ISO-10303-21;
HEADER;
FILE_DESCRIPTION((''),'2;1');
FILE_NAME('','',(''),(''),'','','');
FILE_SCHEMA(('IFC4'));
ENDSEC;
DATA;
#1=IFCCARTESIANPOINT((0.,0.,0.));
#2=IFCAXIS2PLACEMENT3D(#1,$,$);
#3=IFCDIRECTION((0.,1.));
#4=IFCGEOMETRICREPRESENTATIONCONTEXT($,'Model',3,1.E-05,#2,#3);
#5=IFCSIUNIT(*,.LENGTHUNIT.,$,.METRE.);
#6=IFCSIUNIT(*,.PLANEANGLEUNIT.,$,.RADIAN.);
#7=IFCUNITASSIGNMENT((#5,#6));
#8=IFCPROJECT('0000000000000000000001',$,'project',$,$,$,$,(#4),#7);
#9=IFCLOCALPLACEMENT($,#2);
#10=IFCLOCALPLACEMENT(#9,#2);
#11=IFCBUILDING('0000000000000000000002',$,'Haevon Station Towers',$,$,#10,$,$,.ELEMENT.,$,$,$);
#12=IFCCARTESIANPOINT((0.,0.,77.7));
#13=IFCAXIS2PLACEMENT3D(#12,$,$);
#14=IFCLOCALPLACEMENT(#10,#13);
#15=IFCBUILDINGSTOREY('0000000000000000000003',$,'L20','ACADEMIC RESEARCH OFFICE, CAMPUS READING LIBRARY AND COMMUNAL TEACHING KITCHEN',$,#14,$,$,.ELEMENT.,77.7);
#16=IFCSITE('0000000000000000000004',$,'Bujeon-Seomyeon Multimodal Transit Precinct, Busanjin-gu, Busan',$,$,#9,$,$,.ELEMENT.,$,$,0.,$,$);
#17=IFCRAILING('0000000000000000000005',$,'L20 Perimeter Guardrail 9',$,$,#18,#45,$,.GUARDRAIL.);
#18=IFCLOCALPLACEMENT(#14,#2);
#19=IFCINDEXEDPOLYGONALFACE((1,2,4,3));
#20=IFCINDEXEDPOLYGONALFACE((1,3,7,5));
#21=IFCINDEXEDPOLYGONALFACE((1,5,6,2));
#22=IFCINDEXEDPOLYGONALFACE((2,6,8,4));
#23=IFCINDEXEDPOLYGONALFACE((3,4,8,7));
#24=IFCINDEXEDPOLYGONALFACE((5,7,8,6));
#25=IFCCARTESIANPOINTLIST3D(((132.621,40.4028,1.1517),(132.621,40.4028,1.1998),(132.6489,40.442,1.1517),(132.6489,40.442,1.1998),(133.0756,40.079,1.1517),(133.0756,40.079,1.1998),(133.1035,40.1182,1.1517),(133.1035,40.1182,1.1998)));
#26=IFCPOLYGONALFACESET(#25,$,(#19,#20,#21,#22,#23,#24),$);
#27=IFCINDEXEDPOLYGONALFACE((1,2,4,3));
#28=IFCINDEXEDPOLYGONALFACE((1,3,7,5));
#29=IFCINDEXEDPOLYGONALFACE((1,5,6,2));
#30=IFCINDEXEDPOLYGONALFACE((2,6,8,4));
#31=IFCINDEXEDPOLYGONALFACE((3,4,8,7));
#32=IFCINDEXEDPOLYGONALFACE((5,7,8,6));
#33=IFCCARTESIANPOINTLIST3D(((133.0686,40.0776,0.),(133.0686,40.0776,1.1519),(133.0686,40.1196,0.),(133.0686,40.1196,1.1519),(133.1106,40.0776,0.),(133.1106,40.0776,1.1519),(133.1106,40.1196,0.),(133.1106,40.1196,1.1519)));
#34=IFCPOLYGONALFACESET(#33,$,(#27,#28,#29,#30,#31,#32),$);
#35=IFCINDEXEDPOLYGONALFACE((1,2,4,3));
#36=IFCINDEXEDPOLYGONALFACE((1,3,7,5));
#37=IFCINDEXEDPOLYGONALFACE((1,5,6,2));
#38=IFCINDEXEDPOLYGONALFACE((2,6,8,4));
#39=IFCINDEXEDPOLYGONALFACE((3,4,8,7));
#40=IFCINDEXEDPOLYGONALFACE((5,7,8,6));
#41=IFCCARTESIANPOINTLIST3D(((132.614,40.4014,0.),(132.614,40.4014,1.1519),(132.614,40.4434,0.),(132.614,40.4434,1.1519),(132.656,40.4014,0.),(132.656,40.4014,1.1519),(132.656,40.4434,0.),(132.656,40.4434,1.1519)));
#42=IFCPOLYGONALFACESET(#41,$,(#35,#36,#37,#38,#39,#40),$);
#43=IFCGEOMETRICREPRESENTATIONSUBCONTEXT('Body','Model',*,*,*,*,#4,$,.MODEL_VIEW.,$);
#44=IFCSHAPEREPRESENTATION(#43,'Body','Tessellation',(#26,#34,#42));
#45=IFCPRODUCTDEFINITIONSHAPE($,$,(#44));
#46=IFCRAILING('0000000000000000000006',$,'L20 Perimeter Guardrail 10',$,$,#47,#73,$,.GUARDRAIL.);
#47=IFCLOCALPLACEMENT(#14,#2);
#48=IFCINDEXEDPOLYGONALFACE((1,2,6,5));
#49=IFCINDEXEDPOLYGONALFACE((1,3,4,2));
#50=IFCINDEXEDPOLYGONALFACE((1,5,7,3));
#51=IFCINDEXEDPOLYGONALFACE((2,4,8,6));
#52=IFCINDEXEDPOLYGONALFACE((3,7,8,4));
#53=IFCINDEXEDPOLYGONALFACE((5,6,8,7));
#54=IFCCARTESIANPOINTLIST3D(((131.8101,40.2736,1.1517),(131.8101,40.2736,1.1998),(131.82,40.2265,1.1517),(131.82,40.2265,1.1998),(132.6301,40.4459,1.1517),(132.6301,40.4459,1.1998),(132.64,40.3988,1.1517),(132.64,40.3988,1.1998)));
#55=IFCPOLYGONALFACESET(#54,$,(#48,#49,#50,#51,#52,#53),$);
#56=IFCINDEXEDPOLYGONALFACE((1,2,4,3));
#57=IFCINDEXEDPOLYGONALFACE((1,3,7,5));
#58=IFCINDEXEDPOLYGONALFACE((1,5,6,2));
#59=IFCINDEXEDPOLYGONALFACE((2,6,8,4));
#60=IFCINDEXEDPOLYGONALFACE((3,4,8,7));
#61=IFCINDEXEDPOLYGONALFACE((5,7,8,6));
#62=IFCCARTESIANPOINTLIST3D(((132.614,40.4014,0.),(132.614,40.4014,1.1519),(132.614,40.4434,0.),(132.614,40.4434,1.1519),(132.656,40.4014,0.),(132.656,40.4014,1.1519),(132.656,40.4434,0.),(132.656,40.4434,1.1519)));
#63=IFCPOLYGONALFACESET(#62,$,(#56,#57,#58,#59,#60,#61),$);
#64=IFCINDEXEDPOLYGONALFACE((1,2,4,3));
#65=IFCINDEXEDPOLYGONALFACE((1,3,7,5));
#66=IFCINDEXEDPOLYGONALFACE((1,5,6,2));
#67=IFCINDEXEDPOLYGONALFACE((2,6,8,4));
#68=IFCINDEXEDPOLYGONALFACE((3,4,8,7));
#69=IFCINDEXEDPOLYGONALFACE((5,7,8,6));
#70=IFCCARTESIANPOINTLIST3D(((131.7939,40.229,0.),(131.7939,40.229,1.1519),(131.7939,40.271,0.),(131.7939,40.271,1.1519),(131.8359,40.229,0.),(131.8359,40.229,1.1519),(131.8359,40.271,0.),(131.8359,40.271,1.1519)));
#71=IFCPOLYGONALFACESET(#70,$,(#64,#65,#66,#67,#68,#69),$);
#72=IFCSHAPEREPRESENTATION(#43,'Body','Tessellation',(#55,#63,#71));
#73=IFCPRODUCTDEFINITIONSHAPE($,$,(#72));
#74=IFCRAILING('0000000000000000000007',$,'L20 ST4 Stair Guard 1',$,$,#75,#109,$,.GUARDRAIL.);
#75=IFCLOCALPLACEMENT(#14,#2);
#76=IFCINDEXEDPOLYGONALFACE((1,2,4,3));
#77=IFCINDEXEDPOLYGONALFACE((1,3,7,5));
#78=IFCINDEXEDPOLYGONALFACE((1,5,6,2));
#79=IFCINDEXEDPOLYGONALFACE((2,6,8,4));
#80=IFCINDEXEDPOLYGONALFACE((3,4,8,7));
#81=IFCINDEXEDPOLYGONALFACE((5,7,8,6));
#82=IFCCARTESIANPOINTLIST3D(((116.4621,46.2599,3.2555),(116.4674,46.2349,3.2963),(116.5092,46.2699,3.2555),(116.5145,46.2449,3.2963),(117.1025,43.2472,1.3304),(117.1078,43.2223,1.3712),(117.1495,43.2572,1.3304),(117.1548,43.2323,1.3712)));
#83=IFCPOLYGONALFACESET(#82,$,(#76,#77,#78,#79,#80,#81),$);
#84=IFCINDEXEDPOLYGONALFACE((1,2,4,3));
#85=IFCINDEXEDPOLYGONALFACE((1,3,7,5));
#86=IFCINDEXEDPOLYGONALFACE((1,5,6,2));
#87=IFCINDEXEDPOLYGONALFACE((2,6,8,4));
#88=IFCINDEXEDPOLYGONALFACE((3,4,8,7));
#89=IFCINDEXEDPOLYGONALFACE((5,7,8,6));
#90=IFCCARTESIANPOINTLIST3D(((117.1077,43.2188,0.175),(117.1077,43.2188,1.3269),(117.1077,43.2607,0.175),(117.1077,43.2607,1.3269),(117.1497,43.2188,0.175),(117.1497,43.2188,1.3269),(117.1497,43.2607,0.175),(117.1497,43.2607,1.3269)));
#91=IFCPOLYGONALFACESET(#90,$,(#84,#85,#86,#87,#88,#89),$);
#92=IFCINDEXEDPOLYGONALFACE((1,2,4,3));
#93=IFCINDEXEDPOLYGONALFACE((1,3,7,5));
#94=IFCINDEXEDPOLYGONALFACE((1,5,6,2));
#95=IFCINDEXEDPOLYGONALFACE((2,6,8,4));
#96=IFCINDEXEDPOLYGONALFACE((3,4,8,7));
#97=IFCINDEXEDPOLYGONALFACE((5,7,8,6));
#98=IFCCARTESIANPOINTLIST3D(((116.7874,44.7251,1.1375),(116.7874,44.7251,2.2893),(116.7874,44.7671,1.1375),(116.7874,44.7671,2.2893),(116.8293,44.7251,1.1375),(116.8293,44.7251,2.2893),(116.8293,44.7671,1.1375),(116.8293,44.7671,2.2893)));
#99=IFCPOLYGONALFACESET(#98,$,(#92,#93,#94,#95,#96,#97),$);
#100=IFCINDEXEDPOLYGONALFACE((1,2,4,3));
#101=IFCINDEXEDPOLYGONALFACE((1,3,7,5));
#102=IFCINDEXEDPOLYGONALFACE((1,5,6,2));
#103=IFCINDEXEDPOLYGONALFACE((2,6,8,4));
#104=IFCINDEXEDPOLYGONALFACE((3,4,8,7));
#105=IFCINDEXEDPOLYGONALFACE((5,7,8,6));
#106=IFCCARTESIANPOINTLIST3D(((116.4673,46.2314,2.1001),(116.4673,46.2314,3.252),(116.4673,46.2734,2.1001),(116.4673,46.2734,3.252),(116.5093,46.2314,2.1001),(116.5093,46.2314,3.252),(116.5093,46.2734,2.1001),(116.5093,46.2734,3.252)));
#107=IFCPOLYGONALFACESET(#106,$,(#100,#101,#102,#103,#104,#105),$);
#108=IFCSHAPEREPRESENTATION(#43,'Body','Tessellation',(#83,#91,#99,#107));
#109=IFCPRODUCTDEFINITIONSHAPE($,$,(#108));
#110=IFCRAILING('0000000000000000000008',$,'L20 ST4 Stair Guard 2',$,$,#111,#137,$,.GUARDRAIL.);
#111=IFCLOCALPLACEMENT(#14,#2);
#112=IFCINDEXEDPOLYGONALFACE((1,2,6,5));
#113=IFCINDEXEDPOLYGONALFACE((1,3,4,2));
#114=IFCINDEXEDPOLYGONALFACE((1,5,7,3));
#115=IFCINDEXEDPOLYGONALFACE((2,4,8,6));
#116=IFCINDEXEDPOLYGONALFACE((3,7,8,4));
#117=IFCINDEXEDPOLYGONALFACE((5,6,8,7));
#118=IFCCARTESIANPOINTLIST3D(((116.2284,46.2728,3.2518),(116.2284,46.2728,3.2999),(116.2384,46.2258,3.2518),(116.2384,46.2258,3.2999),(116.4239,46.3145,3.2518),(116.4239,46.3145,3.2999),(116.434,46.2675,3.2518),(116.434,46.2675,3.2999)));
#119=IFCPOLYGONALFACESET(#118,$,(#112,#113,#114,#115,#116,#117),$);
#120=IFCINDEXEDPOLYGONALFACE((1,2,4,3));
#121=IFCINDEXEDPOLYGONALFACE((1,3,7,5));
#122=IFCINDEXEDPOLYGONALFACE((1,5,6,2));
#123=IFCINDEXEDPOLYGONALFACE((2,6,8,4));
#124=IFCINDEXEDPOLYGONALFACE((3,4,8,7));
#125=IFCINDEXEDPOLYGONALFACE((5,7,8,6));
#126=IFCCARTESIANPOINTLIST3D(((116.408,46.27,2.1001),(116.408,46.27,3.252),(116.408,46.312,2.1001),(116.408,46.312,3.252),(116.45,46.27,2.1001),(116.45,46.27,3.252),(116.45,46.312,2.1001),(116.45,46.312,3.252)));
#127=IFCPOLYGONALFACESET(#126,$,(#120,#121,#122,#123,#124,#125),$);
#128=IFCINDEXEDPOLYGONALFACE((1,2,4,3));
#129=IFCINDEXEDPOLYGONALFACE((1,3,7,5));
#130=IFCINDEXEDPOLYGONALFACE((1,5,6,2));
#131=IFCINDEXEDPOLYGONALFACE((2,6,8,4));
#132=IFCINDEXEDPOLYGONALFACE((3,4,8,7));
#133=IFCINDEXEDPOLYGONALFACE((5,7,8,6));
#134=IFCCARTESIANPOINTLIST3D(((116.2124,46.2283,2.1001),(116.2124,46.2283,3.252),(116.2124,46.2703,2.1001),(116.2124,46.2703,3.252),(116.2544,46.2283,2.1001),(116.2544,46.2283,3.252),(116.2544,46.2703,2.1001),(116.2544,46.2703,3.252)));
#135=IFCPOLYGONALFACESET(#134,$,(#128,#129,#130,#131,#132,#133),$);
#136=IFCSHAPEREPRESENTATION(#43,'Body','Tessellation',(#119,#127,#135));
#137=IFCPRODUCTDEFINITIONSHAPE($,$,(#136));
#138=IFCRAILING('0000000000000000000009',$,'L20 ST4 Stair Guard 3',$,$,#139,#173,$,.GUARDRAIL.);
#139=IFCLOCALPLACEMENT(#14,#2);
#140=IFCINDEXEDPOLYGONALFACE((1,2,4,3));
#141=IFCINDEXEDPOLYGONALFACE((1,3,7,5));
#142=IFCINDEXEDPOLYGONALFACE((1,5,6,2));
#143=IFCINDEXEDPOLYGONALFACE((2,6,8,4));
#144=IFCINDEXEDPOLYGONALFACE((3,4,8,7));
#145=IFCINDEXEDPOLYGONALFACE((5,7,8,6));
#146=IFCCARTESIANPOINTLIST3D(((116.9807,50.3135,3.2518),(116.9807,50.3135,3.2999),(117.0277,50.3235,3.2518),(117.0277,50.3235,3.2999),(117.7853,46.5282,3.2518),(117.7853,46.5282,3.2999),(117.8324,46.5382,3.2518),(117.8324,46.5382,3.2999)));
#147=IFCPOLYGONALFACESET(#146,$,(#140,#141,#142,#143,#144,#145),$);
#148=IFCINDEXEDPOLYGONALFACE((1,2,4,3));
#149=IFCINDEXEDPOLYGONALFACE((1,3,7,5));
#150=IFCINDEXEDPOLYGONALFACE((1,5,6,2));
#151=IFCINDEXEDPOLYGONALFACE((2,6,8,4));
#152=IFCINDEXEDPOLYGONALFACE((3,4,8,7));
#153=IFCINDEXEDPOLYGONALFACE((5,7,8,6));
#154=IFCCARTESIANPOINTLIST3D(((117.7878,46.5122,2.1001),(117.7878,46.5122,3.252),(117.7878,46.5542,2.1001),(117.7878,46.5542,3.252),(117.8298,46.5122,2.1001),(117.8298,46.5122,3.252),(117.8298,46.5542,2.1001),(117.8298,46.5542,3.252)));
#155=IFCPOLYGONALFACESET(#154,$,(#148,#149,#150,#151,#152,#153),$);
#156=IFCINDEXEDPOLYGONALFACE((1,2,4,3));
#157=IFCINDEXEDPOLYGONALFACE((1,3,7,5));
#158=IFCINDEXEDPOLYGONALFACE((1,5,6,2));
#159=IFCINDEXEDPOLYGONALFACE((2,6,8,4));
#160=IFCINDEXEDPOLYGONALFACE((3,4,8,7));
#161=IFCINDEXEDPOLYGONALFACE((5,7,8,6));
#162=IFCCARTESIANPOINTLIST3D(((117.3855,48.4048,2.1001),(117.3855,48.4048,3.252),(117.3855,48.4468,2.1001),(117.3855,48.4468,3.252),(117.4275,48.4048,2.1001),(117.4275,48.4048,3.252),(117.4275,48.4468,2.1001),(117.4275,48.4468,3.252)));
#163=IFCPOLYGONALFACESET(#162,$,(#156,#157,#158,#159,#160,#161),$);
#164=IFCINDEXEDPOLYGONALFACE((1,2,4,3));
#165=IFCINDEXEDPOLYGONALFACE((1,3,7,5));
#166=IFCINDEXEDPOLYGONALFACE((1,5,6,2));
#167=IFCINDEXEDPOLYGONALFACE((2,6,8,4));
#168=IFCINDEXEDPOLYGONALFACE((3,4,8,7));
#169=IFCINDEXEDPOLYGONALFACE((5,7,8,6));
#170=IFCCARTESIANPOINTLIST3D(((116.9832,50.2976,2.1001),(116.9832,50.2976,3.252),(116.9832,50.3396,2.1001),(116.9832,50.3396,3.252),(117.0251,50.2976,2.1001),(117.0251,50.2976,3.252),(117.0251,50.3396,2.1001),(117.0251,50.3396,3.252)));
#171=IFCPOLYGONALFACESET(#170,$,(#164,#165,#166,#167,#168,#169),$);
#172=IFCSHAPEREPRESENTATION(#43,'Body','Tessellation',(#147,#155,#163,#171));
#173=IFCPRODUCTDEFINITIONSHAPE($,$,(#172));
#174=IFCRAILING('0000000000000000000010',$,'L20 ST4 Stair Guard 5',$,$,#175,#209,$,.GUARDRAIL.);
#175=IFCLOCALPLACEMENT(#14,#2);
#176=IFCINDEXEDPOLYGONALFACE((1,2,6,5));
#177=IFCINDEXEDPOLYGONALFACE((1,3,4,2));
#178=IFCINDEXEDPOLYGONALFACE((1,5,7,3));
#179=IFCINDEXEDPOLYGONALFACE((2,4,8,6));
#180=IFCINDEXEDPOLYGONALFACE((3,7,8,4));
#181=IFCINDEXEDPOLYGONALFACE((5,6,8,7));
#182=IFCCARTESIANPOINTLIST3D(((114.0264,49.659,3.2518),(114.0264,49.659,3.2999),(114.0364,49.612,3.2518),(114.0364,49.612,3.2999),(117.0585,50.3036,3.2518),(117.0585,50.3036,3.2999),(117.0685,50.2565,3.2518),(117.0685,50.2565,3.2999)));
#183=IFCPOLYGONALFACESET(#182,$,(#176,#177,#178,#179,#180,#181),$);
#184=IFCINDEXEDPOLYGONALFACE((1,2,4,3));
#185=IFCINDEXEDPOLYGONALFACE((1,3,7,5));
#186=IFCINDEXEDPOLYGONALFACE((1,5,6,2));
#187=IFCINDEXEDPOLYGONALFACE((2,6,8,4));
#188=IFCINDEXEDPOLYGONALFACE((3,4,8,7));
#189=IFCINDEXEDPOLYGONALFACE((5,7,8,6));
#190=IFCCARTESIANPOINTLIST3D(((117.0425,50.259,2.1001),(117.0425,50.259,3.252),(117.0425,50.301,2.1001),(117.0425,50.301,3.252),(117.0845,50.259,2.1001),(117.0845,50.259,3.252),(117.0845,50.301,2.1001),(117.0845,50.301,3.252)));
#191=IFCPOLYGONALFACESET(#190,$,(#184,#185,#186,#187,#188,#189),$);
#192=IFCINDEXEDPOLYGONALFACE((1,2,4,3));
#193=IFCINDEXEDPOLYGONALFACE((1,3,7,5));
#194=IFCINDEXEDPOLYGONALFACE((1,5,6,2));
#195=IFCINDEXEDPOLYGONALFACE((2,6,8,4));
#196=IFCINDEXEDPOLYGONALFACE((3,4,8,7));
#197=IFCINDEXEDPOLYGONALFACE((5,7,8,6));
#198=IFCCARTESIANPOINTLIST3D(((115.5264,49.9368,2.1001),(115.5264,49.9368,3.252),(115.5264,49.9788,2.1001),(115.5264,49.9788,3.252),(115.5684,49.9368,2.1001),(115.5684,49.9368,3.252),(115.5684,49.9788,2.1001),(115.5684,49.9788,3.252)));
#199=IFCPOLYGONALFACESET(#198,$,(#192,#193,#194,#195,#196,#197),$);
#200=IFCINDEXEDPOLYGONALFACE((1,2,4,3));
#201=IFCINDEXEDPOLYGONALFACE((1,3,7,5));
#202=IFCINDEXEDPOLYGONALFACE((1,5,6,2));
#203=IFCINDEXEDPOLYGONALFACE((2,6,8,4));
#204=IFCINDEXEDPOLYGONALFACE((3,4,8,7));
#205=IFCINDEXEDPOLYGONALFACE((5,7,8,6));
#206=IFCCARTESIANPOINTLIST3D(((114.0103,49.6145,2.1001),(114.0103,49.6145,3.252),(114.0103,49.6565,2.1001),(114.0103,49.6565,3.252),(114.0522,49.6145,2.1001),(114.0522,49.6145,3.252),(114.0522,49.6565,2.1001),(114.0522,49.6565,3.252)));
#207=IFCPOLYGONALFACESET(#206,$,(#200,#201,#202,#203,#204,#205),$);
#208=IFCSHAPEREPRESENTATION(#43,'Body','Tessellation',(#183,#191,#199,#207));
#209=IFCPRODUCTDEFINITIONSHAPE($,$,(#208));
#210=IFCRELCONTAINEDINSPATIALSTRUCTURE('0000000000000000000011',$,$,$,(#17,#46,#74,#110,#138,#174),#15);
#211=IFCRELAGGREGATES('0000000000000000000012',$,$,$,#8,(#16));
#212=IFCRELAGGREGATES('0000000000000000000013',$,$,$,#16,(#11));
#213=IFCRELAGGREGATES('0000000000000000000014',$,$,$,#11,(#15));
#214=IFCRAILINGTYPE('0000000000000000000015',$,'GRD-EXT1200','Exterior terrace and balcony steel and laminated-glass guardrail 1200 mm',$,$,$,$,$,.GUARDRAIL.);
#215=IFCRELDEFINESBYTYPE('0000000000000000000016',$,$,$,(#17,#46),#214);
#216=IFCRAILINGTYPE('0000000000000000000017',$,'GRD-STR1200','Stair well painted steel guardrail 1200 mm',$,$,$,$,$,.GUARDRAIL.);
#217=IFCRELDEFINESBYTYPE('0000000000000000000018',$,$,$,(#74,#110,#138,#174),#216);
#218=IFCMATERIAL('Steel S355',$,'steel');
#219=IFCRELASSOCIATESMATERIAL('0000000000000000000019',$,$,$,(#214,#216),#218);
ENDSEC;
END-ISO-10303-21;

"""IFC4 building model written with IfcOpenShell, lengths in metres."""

from ifc_helpers import new_model, si_unit, direction, frame, origin, origin_2d, place, context, subcontext, project, spatial, rectangle, extrude, material, type_object, element, save


model = new_model("IFC4")

# Units and contexts
model_context = context("Model", 3, precision=1e-05, world=origin(), true_north=direction((0.0, 1.0)))
body_context = subcontext(model_context, "Body", "Model", "MODEL_VIEW")
ifc_project = project(units=[si_unit("LENGTHUNIT", "METRE"), si_unit("PLANEANGLEUNIT", "RADIAN")], contexts=[model_context])

# Site, building, storey
site_placement = place(None, origin())
site = spatial("IfcSite", under=ifc_project, at=site_placement, Name="Bujeon-Seomyeon Multimodal Transit Precinct, Busanjin-gu, Busan", CompositionType="ELEMENT", RefElevation=0.0)
building_placement = place(site_placement, origin())
building = spatial("IfcBuilding", under=site, at=building_placement, Name="Haevon Station Towers", CompositionType="ELEMENT")
storey_placement = place(building_placement, frame((0.0, 0.0, 77.7)))
storey = spatial("IfcBuildingStorey", under=building, at=storey_placement, Name="L20", Description="ACADEMIC RESEARCH OFFICE, CAMPUS READING LIBRARY AND COMMUNAL TEACHING KITCHEN", CompositionType="ELEMENT", Elevation=77.7)

# Shared definitions
ifc_material_1 = material(Name="Steel S355", Category="steel")

# Railings
railing_type_1 = type_object("IfcRailingType", Name="GRD-EXT1200", Description="Exterior terrace and balcony steel and laminated-glass guardrail 1200 mm", PredefinedType="GUARDRAIL", material=ifc_material_1)
railing_1_placement = place(storey_placement, frame((133.0896, 40.0986, 0.0)))
element("IfcRailing", 1, at=railing_1_placement, inside=storey, type_object=railing_type_1, Name="L20 Perimeter Guardrail 9", PredefinedType="GUARDRAIL", context=body_context, shape_type="SweptSolid", body=[
    extrude(rectangle(XDim=0.0481, YDim=0.0481, at=origin_2d()), frame((0.0, 0.0, 1.1758), z_axis=(-0.81456, 0.580079, 0.0), x_axis=(-0.580079, -0.81456, 0.0)), (0.0, 0.0, 1.0), 0.5581),
    extrude(rectangle(XDim=0.042, YDim=0.042, at=origin_2d()), origin(), (0.0, 0.0, 1.0), 1.1519),
    extrude(rectangle(XDim=0.042, YDim=0.042, at=origin_2d()), frame((-0.4546, 0.3237, 0.0)), (0.0, 0.0, 1.0), 1.1519),
])
railing_2_placement = place(storey_placement, frame((132.635, 40.4224, 0.0)))
element("IfcRailing", 2, at=railing_2_placement, inside=storey, type_object=railing_type_1, Name="L20 Perimeter Guardrail 10", PredefinedType="GUARDRAIL", context=body_context, shape_type="SweptSolid", body=[
    extrude(rectangle(XDim=0.0481, YDim=0.0481, at=origin_2d()), frame((0.0, 0.0, 1.1758), z_axis=(-0.978618, -0.205687, 0.0), x_axis=(0.205687, -0.978618, 0.0)), (0.0, 0.0, 1.0), 0.8379),
    extrude(rectangle(XDim=0.042, YDim=0.042, at=origin_2d()), origin(), (0.0, 0.0, 1.0), 1.1519),
    extrude(rectangle(XDim=0.042, YDim=0.042, at=origin_2d()), frame((-0.8201, -0.1724, 0.0)), (0.0, 0.0, 1.0), 1.1519),
])
railing_type_2 = type_object("IfcRailingType", Name="GRD-STR1200", Description="Stair well painted steel guardrail 1200 mm", PredefinedType="GUARDRAIL", material=ifc_material_1)
railing_3_placement = place(storey_placement, frame((117.1287, 43.2397, 0.175)))
element("IfcRailing", 3, at=railing_3_placement, inside=storey, type_object=railing_type_2, Name="L20 ST4 Stair Guard 1", PredefinedType="GUARDRAIL", context=body_context, shape_type="SweptSolid", body=[
    extrude(rectangle(XDim=0.0481, YDim=0.0481, at=origin_2d()), frame((0.0, 0.0, 1.1758), z_axis=(-0.176311, 0.829461, 0.530008), x_axis=(-0.978147, -0.207916, 0.0)), (0.0, 0.0, 1.0), 3.6321),
    extrude(rectangle(XDim=0.042, YDim=0.042, at=origin_2d()), origin(), (0.0, 0.0, 1.0), 1.1519),
    extrude(rectangle(XDim=0.042, YDim=0.042, at=origin_2d()), frame((-0.3203, 1.5063, 0.9624)), (0.0, 0.0, 1.0), 1.1519),
    extrude(rectangle(XDim=0.042, YDim=0.042, at=origin_2d()), frame((-0.6404, 3.0127, 1.925)), (0.0, 0.0, 1.0), 1.1519),
])
railing_4_placement = place(storey_placement, frame((116.429, 46.291, 2.1001)))
element("IfcRailing", 4, at=railing_4_placement, inside=storey, type_object=railing_type_2, Name="L20 ST4 Stair Guard 2", PredefinedType="GUARDRAIL", context=body_context, shape_type="SweptSolid", body=[
    extrude(rectangle(XDim=0.0481, YDim=0.0481, at=origin_2d()), frame((0.0, 0.0, 1.1758), z_axis=(-0.977963, -0.208779, 0.0), x_axis=(0.208779, -0.977963, 0.0)), (0.0, 0.0, 1.0), 0.2),
    extrude(rectangle(XDim=0.042, YDim=0.042, at=origin_2d()), origin(), (0.0, 0.0, 1.0), 1.1519),
    extrude(rectangle(XDim=0.042, YDim=0.042, at=origin_2d()), frame((-0.1956, -0.0417, 0.0)), (0.0, 0.0, 1.0), 1.1519),
])
railing_5_placement = place(storey_placement, frame((117.8088, 46.5332, 2.1001)))
element("IfcRailing", 5, at=railing_5_placement, inside=storey, type_object=railing_type_2, Name="L20 ST4 Stair Guard 3", PredefinedType="GUARDRAIL", context=body_context, shape_type="SweptSolid", body=[
    extrude(rectangle(XDim=0.0481, YDim=0.0481, at=origin_2d()), frame((0.0, 0.0, 1.1758), z_axis=(-0.20793, 0.978144, 0.0), x_axis=(-0.978144, -0.20793, 0.0)), (0.0, 0.0, 1.0), 3.8699),
    extrude(rectangle(XDim=0.042, YDim=0.042, at=origin_2d()), origin(), (0.0, 0.0, 1.0), 1.1519),
    extrude(rectangle(XDim=0.042, YDim=0.042, at=origin_2d()), frame((-0.4023, 1.8926, 0.0)), (0.0, 0.0, 1.0), 1.1519),
    extrude(rectangle(XDim=0.042, YDim=0.042, at=origin_2d()), frame((-0.8047, 3.7854, 0.0)), (0.0, 0.0, 1.0), 1.1519),
])
railing_6_placement = place(storey_placement, frame((117.0635, 50.28, 2.1001)))
element("IfcRailing", 6, at=railing_6_placement, inside=storey, type_object=railing_type_2, Name="L20 ST4 Stair Guard 5", PredefinedType="GUARDRAIL", context=body_context, shape_type="SweptSolid", body=[
    extrude(rectangle(XDim=0.0481, YDim=0.0481, at=origin_2d()), frame((0.0, 0.0, 1.1758), z_axis=(-0.978147, -0.207915, 0.0), x_axis=(0.207915, -0.978147, 0.0)), (0.0, 0.0, 1.0), 3.0999),
    extrude(rectangle(XDim=0.042, YDim=0.042, at=origin_2d()), origin(), (0.0, 0.0, 1.0), 1.1519),
    extrude(rectangle(XDim=0.042, YDim=0.042, at=origin_2d()), frame((-1.5161, -0.3223, 0.0)), (0.0, 0.0, 1.0), 1.1519),
    extrude(rectangle(XDim=0.042, YDim=0.042, at=origin_2d()), frame((-3.0322, -0.6445, 0.0)), (0.0, 0.0, 1.0), 1.1519),
])

save(model, "model.ifc")
